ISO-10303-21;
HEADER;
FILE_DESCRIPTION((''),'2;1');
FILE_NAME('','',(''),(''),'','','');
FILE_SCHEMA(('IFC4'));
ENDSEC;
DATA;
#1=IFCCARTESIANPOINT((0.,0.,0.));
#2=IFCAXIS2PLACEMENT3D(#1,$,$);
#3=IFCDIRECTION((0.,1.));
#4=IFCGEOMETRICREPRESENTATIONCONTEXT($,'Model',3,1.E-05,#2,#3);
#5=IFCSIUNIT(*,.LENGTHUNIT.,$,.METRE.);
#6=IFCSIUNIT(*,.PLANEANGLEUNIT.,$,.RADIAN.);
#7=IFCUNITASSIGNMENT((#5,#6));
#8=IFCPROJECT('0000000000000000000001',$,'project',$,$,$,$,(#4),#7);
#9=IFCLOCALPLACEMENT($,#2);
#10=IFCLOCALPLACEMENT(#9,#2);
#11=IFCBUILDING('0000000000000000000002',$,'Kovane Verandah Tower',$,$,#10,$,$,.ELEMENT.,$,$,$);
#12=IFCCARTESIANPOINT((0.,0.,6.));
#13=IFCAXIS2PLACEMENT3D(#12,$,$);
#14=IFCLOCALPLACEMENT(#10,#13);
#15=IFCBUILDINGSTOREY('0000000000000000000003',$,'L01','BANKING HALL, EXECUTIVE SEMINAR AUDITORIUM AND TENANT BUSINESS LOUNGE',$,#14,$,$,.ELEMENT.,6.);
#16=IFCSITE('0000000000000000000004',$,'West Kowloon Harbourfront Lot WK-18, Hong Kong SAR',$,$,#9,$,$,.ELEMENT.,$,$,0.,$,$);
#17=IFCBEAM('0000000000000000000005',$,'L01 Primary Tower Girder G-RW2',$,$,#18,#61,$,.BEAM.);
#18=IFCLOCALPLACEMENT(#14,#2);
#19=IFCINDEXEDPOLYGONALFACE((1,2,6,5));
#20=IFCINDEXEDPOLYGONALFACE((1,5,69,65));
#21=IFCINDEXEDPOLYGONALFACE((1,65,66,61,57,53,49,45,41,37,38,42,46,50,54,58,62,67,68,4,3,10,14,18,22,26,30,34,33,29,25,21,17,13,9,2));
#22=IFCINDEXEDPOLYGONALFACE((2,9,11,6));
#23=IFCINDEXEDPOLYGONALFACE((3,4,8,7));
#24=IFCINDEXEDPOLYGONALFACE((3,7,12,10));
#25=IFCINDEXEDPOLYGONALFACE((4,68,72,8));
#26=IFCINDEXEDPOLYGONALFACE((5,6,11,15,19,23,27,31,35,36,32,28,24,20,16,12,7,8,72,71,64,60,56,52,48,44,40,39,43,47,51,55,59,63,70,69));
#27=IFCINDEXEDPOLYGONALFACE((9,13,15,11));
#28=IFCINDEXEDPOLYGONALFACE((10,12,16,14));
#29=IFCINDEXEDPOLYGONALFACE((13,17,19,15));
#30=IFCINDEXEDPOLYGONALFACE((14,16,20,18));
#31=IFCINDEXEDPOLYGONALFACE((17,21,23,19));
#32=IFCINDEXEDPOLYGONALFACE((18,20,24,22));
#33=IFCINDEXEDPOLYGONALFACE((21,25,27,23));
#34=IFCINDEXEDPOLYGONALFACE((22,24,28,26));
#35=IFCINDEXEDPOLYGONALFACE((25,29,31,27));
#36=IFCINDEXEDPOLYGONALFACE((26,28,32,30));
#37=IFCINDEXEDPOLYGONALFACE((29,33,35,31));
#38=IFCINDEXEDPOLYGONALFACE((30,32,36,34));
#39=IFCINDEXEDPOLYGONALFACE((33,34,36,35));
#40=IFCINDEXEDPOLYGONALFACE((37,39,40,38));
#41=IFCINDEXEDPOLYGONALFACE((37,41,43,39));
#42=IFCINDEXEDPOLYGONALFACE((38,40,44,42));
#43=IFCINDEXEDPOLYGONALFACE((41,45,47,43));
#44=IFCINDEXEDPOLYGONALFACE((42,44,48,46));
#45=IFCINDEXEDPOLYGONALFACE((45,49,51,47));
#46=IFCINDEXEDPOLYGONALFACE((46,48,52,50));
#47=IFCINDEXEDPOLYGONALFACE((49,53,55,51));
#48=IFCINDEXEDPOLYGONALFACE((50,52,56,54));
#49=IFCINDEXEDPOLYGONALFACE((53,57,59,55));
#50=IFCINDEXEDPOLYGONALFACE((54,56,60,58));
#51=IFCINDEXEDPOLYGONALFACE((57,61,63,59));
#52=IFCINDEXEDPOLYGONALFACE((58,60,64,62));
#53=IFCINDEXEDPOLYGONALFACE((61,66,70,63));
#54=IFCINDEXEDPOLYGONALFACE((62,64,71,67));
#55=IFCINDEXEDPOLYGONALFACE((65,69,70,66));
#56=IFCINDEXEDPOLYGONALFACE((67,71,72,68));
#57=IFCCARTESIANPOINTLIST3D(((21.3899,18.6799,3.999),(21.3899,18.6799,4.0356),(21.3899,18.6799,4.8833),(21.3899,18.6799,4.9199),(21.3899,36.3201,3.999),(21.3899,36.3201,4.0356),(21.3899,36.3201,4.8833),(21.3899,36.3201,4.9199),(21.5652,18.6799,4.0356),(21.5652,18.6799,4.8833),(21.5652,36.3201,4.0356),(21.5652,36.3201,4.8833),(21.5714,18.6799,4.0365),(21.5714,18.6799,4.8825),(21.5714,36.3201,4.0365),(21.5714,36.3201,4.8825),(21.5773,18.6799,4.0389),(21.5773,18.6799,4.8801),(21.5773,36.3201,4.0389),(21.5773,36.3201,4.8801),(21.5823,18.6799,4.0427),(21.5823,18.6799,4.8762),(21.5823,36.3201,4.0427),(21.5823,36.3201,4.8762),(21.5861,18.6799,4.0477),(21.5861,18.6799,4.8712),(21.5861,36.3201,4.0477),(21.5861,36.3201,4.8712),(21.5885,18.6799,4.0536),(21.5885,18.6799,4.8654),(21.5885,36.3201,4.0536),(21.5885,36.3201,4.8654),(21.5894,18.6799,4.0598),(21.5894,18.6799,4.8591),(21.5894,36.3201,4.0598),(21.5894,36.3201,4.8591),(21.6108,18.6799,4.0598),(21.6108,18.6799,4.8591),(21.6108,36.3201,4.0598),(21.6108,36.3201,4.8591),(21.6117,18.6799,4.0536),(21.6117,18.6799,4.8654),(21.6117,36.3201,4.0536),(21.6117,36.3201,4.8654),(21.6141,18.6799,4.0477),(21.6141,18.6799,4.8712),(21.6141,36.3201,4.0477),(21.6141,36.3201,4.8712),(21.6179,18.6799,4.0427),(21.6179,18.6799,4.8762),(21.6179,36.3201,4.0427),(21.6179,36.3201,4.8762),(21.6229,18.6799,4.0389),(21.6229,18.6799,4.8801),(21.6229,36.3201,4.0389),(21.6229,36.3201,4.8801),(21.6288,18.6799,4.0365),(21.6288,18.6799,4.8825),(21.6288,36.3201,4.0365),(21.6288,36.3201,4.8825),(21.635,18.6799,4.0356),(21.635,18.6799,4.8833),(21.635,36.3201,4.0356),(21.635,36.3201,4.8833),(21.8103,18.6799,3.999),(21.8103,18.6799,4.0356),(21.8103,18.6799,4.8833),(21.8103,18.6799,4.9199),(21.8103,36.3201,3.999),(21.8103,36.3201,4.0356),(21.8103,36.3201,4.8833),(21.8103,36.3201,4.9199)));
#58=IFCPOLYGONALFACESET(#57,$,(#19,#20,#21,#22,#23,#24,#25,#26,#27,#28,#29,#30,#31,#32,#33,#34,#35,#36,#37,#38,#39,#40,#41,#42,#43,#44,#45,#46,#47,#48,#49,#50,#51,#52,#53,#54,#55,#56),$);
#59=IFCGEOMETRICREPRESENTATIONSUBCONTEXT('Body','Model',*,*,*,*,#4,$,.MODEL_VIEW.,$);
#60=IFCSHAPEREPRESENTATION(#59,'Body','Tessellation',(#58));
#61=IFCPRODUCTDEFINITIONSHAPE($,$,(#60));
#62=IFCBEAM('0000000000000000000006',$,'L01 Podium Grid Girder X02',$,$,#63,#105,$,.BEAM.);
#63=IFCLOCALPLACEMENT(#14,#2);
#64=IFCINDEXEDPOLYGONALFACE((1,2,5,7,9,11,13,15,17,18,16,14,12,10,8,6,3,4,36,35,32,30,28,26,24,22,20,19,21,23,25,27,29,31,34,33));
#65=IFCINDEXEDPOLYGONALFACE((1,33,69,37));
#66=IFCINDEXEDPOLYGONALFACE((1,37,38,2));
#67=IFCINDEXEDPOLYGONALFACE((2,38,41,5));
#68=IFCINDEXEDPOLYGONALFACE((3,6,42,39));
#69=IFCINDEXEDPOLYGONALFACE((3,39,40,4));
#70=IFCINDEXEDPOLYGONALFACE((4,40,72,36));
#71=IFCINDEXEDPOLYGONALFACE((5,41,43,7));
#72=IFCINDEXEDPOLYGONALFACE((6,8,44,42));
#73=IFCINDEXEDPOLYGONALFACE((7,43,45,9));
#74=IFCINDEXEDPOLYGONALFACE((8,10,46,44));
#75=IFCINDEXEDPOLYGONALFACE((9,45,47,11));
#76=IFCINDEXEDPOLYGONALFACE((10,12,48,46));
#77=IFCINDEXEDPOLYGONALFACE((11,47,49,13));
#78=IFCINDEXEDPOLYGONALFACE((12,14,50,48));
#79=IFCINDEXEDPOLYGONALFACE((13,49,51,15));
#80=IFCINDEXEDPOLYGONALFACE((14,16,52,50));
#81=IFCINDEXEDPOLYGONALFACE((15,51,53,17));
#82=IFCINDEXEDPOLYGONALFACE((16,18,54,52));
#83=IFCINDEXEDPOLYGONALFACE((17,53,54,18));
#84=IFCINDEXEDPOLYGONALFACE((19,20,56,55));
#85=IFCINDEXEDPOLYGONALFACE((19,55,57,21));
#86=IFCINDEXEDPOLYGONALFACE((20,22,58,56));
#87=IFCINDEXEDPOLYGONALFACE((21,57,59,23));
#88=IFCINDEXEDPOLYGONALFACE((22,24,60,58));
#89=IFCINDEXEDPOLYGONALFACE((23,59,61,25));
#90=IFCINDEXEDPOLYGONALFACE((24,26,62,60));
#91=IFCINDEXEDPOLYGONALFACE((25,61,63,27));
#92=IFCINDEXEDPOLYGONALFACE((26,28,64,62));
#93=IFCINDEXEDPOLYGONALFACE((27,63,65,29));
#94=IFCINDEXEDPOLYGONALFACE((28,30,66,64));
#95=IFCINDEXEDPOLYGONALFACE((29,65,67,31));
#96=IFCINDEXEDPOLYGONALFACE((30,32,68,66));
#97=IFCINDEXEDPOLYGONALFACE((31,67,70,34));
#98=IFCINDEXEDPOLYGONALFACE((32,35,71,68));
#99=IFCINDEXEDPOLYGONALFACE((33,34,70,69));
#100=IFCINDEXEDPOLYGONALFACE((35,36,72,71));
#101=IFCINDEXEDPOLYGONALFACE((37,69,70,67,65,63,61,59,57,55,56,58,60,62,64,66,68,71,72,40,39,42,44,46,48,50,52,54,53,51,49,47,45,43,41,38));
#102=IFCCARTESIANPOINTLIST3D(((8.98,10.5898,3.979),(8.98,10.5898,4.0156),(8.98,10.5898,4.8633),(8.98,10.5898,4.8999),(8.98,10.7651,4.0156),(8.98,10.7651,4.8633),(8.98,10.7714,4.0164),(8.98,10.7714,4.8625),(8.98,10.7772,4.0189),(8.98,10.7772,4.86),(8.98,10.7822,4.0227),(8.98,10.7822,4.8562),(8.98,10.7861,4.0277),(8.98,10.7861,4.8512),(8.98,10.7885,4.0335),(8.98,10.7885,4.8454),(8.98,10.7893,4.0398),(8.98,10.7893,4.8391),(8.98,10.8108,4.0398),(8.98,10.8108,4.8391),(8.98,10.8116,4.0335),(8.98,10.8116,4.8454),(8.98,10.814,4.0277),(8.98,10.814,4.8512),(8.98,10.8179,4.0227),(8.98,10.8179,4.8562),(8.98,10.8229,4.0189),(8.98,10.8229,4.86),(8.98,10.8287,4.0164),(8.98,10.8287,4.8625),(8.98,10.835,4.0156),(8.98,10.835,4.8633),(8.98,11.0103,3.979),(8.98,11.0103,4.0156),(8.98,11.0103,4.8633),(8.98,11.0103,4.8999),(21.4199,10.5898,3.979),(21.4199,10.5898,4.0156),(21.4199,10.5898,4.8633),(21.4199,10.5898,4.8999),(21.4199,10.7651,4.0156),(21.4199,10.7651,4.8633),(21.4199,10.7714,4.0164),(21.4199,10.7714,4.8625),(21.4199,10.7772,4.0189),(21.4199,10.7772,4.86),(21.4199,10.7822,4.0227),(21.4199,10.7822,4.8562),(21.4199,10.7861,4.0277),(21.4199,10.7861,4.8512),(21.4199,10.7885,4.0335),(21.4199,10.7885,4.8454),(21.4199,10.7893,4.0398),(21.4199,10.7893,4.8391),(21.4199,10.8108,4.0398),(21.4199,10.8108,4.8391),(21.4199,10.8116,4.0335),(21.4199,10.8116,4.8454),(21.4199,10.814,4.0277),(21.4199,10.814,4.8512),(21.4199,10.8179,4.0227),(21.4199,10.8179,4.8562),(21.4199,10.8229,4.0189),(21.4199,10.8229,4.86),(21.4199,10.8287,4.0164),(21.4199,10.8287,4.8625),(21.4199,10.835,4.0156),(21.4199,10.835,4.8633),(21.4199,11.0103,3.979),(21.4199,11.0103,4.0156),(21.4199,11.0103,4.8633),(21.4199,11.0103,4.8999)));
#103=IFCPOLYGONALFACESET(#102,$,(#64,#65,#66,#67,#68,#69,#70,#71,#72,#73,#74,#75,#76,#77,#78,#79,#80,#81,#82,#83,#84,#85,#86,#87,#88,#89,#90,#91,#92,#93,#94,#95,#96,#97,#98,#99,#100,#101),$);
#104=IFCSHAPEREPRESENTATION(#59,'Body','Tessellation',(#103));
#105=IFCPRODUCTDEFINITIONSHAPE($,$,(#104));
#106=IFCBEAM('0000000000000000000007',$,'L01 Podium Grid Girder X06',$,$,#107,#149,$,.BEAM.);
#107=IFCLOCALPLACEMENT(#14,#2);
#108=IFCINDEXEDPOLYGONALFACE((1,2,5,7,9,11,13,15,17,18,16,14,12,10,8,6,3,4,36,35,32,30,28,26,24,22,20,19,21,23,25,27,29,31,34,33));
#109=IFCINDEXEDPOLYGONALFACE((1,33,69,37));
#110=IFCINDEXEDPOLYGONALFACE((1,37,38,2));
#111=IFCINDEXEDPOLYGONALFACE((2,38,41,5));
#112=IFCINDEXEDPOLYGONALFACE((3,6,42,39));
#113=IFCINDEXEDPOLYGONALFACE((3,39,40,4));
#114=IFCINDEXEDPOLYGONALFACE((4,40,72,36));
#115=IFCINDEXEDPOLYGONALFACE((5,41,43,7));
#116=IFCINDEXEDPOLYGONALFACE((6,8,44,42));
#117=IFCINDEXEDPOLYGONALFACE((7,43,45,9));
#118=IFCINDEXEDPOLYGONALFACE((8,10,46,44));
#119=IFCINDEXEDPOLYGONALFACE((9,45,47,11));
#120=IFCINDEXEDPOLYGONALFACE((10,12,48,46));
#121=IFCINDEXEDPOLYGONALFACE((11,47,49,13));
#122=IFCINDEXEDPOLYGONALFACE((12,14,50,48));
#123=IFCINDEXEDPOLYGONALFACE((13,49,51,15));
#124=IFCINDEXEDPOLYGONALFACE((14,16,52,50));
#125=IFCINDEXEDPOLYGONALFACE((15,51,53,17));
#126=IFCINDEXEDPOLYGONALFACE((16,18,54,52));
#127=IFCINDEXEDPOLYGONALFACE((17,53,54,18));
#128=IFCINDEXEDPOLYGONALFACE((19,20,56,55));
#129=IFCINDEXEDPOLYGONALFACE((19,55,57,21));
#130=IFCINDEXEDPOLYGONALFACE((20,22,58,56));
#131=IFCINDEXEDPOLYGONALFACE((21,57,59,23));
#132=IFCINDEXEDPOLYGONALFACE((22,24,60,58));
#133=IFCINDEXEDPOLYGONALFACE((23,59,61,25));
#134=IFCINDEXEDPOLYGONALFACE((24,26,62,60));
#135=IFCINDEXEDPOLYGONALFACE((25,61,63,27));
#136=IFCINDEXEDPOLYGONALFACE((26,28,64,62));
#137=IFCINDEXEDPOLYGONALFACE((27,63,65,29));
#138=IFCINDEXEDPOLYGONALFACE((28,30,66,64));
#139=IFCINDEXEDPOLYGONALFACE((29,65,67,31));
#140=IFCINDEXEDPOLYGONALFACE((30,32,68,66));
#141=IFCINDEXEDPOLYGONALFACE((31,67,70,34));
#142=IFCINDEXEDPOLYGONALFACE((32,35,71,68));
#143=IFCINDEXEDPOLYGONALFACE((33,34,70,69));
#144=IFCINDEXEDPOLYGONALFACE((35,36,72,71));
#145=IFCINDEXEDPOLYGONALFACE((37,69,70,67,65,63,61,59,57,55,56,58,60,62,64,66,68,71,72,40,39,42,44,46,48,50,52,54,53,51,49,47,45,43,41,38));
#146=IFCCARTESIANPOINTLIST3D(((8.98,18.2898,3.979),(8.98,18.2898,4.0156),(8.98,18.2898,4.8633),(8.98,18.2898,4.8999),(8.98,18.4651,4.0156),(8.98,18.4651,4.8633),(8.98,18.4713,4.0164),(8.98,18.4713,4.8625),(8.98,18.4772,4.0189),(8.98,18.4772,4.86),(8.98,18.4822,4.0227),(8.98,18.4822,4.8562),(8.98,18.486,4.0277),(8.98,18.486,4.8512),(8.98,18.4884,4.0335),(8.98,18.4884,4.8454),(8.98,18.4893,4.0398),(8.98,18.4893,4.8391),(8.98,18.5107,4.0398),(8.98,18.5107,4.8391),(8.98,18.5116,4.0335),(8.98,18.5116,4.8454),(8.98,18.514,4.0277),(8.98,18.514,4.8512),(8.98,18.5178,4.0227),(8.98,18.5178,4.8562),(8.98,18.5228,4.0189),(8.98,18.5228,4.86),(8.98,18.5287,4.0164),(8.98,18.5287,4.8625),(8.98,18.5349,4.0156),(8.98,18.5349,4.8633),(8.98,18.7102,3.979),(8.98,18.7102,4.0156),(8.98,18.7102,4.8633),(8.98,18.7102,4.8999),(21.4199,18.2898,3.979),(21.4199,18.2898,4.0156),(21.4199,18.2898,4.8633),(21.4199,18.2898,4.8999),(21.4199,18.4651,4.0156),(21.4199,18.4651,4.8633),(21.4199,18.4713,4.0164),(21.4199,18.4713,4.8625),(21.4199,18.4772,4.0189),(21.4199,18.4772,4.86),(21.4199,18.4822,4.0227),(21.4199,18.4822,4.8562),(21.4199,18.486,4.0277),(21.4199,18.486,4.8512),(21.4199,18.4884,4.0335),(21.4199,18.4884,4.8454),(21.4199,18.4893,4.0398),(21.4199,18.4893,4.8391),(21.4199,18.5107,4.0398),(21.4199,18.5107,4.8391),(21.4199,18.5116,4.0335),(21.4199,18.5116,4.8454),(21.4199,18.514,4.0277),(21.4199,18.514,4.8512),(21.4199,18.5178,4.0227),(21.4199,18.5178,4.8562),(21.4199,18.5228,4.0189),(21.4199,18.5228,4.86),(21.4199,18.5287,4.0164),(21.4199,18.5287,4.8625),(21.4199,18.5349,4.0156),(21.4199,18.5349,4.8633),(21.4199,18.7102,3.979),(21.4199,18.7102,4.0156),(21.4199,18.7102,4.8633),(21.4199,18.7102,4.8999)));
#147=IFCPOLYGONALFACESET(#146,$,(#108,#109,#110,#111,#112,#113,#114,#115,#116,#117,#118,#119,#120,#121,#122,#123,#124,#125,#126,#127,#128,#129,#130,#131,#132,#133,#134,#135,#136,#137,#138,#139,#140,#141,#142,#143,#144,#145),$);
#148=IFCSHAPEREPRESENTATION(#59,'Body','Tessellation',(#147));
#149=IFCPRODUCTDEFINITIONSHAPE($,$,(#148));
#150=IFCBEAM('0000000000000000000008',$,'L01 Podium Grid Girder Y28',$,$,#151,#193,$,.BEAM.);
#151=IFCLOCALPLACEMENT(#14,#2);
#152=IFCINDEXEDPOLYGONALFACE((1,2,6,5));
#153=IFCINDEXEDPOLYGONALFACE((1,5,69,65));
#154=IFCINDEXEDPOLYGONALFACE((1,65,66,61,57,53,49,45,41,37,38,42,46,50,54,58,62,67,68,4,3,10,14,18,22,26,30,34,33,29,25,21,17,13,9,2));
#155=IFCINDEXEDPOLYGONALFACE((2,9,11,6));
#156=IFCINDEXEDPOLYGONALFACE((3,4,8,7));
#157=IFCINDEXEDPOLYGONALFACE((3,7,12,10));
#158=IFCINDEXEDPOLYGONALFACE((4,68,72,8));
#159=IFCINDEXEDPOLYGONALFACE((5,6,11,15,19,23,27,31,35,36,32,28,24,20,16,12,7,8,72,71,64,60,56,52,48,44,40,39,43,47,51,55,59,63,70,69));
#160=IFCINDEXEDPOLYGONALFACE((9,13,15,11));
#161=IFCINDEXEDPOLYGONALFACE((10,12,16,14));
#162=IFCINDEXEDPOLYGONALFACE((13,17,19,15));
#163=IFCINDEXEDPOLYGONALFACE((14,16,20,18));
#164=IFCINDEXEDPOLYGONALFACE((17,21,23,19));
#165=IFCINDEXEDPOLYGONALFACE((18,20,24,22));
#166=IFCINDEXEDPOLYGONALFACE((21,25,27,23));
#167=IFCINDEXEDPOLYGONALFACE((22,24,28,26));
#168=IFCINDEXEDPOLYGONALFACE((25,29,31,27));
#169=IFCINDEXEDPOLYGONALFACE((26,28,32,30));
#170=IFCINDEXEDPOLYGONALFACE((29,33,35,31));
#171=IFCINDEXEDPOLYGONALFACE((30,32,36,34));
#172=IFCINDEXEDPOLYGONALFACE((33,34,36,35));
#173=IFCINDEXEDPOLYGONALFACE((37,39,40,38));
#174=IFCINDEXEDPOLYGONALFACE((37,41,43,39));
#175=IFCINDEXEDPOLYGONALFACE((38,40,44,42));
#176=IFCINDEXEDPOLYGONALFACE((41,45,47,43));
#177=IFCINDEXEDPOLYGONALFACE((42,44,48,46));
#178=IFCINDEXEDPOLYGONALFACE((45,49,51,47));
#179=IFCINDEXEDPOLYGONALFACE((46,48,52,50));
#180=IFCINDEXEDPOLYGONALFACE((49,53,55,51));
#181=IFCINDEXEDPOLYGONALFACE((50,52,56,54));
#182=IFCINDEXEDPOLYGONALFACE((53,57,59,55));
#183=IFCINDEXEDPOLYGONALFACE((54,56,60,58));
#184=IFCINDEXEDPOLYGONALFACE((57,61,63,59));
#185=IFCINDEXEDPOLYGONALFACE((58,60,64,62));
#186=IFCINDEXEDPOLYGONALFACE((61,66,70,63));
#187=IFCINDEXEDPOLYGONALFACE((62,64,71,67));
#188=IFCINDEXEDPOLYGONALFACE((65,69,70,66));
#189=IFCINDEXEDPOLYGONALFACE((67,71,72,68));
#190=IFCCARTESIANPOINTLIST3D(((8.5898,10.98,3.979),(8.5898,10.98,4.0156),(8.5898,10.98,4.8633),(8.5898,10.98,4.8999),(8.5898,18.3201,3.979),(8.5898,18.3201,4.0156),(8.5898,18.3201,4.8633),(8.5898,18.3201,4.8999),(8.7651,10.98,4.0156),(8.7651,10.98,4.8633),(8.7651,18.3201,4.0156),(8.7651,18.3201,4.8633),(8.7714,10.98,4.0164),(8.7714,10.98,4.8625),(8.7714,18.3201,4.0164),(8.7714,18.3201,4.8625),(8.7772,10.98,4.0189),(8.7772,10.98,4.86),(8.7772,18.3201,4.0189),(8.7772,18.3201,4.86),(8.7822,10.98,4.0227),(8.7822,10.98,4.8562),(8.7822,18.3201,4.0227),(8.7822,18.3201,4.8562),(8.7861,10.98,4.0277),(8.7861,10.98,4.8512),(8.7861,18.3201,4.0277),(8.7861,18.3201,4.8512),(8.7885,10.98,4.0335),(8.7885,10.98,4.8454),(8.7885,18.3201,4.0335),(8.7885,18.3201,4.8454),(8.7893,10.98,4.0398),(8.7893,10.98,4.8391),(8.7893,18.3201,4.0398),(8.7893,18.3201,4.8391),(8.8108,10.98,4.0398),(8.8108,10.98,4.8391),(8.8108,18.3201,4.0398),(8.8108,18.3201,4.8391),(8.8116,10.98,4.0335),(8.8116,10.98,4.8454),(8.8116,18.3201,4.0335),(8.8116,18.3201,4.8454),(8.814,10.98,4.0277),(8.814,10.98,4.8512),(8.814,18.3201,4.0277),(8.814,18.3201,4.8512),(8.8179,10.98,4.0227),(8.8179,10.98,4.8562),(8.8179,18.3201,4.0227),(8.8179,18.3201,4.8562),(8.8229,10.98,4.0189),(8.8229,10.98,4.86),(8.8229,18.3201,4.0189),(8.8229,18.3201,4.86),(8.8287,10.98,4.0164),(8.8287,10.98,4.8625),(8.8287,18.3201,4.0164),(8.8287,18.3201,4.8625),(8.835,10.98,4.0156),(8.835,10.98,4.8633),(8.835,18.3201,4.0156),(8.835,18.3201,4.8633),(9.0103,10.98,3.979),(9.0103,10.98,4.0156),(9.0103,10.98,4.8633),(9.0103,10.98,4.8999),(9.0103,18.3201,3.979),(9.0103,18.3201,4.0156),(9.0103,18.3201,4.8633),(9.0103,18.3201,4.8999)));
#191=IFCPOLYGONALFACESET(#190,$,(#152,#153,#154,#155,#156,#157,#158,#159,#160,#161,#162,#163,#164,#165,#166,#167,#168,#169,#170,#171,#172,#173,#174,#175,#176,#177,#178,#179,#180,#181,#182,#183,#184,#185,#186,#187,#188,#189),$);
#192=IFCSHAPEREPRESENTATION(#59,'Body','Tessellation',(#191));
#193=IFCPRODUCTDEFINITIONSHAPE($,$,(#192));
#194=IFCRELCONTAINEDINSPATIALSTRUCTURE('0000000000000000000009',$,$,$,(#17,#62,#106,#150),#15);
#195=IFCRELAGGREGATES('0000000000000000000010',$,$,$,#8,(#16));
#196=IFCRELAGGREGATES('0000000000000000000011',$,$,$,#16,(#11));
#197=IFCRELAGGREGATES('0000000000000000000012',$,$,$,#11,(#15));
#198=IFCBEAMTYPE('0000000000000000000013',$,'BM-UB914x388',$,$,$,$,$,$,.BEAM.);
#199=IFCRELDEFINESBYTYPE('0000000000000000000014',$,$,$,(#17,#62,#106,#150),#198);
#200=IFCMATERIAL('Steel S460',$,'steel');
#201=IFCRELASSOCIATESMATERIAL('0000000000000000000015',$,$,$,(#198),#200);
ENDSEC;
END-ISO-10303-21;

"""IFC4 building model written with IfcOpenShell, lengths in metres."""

from ifc_helpers import new_model, si_unit, direction, frame, origin, origin_2d, place, context, subcontext, project, spatial, i_section, extrude, material, material_profile, profile_set, type_object, element, save


model = new_model("IFC4")

# Units and contexts
model_context = context("Model", 3, precision=1e-05, world=origin(), true_north=direction((0.0, 1.0)))
body_context = subcontext(model_context, "Body", "Model", "MODEL_VIEW")
ifc_project = project(units=[si_unit("LENGTHUNIT", "METRE"), si_unit("PLANEANGLEUNIT", "RADIAN")], contexts=[model_context])

# Site, building, storey
site_placement = place(None, origin())
site = spatial("IfcSite", under=ifc_project, at=site_placement, Name="West Kowloon Harbourfront Lot WK-18, Hong Kong SAR", CompositionType="ELEMENT", RefElevation=0.0)
building_placement = place(site_placement, origin())
building = spatial("IfcBuilding", under=site, at=building_placement, Name="Kovane Verandah Tower", CompositionType="ELEMENT")
storey_placement = place(building_placement, frame((0.0, 0.0, 6.0)))
storey = spatial("IfcBuildingStorey", under=building, at=storey_placement, Name="L01", Description="BANKING HALL, EXECUTIVE SEMINAR AUDITORIUM AND TENANT BUSINESS LOUNGE", CompositionType="ELEMENT", Elevation=6.0)

# Shared definitions
ifc_material_1 = material(Name="Steel S460", Category="steel")

# Beams
ifc_material_profile_1 = material_profile(ifc_material_1, i_section(OverallWidth=0.4204, OverallDepth=0.9209, WebThickness=0.0215, FlangeThickness=0.0366, FilletRadius=0.0242, at=origin_2d()), Name="UB914x419x388")
ifc_profile_set_1 = profile_set([ifc_material_profile_1], Name="Steel S460")
beam_type_1 = type_object("IfcBeamType", Name="BM-UB914x388", PredefinedType="BEAM", material=ifc_profile_set_1)
beam_1_placement = place(storey_placement, frame((21.6001, 18.6799, 4.4595), z_axis=(0.0, 1.0, 0.0), x_axis=(-1.0, 0.0, 0.0)))
element("IfcBeam", 1, at=beam_1_placement, inside=storey, type_object=beam_type_1, Name="L01 Primary Tower Girder G-RW2", PredefinedType="BEAM", context=body_context, shape_type="SweptSolid", body=[
    extrude(i_section(OverallWidth=0.4204, OverallDepth=0.9209, WebThickness=0.0215, FlangeThickness=0.0366, FilletRadius=0.0242, at=origin_2d()), origin(), (0.0, 0.0, 1.0), 17.6401),
])
for number, where, z_axis, x_axis, name in (
    (2, (8.98, 10.8, 4.4395), (1.0, 0.0, 0.0), (0.0, 1.0, 0.0), "L01 Podium Grid Girder X02"),
    (3, (8.98, 18.5, 4.4395), (1.0, 0.0, 0.0), (0.0, 1.0, 0.0), "L01 Podium Grid Girder X06"),
):
    element("IfcBeam", number, at=place(storey_placement, frame(where, z_axis=z_axis, x_axis=x_axis)), inside=storey, type_object=beam_type_1, Name=name, PredefinedType="BEAM", context=body_context, shape_type="SweptSolid", body=[
        extrude(i_section(OverallWidth=0.4204, OverallDepth=0.9209, WebThickness=0.0215, FlangeThickness=0.0366, FilletRadius=0.0242, at=origin_2d()), origin(), (0.0, 0.0, 1.0), 12.4399),
    ])
beam_2_placement = place(storey_placement, frame((8.8, 10.98, 4.4395), z_axis=(0.0, 1.0, 0.0), x_axis=(-1.0, 0.0, 0.0)))
element("IfcBeam", 4, at=beam_2_placement, inside=storey, type_object=beam_type_1, Name="L01 Podium Grid Girder Y28", PredefinedType="BEAM", context=body_context, shape_type="SweptSolid", body=[
    extrude(i_section(OverallWidth=0.4204, OverallDepth=0.9209, WebThickness=0.0215, FlangeThickness=0.0366, FilletRadius=0.0242, at=origin_2d()), origin(), (0.0, 0.0, 1.0), 7.3401),
])

save(model, "model.ifc")
